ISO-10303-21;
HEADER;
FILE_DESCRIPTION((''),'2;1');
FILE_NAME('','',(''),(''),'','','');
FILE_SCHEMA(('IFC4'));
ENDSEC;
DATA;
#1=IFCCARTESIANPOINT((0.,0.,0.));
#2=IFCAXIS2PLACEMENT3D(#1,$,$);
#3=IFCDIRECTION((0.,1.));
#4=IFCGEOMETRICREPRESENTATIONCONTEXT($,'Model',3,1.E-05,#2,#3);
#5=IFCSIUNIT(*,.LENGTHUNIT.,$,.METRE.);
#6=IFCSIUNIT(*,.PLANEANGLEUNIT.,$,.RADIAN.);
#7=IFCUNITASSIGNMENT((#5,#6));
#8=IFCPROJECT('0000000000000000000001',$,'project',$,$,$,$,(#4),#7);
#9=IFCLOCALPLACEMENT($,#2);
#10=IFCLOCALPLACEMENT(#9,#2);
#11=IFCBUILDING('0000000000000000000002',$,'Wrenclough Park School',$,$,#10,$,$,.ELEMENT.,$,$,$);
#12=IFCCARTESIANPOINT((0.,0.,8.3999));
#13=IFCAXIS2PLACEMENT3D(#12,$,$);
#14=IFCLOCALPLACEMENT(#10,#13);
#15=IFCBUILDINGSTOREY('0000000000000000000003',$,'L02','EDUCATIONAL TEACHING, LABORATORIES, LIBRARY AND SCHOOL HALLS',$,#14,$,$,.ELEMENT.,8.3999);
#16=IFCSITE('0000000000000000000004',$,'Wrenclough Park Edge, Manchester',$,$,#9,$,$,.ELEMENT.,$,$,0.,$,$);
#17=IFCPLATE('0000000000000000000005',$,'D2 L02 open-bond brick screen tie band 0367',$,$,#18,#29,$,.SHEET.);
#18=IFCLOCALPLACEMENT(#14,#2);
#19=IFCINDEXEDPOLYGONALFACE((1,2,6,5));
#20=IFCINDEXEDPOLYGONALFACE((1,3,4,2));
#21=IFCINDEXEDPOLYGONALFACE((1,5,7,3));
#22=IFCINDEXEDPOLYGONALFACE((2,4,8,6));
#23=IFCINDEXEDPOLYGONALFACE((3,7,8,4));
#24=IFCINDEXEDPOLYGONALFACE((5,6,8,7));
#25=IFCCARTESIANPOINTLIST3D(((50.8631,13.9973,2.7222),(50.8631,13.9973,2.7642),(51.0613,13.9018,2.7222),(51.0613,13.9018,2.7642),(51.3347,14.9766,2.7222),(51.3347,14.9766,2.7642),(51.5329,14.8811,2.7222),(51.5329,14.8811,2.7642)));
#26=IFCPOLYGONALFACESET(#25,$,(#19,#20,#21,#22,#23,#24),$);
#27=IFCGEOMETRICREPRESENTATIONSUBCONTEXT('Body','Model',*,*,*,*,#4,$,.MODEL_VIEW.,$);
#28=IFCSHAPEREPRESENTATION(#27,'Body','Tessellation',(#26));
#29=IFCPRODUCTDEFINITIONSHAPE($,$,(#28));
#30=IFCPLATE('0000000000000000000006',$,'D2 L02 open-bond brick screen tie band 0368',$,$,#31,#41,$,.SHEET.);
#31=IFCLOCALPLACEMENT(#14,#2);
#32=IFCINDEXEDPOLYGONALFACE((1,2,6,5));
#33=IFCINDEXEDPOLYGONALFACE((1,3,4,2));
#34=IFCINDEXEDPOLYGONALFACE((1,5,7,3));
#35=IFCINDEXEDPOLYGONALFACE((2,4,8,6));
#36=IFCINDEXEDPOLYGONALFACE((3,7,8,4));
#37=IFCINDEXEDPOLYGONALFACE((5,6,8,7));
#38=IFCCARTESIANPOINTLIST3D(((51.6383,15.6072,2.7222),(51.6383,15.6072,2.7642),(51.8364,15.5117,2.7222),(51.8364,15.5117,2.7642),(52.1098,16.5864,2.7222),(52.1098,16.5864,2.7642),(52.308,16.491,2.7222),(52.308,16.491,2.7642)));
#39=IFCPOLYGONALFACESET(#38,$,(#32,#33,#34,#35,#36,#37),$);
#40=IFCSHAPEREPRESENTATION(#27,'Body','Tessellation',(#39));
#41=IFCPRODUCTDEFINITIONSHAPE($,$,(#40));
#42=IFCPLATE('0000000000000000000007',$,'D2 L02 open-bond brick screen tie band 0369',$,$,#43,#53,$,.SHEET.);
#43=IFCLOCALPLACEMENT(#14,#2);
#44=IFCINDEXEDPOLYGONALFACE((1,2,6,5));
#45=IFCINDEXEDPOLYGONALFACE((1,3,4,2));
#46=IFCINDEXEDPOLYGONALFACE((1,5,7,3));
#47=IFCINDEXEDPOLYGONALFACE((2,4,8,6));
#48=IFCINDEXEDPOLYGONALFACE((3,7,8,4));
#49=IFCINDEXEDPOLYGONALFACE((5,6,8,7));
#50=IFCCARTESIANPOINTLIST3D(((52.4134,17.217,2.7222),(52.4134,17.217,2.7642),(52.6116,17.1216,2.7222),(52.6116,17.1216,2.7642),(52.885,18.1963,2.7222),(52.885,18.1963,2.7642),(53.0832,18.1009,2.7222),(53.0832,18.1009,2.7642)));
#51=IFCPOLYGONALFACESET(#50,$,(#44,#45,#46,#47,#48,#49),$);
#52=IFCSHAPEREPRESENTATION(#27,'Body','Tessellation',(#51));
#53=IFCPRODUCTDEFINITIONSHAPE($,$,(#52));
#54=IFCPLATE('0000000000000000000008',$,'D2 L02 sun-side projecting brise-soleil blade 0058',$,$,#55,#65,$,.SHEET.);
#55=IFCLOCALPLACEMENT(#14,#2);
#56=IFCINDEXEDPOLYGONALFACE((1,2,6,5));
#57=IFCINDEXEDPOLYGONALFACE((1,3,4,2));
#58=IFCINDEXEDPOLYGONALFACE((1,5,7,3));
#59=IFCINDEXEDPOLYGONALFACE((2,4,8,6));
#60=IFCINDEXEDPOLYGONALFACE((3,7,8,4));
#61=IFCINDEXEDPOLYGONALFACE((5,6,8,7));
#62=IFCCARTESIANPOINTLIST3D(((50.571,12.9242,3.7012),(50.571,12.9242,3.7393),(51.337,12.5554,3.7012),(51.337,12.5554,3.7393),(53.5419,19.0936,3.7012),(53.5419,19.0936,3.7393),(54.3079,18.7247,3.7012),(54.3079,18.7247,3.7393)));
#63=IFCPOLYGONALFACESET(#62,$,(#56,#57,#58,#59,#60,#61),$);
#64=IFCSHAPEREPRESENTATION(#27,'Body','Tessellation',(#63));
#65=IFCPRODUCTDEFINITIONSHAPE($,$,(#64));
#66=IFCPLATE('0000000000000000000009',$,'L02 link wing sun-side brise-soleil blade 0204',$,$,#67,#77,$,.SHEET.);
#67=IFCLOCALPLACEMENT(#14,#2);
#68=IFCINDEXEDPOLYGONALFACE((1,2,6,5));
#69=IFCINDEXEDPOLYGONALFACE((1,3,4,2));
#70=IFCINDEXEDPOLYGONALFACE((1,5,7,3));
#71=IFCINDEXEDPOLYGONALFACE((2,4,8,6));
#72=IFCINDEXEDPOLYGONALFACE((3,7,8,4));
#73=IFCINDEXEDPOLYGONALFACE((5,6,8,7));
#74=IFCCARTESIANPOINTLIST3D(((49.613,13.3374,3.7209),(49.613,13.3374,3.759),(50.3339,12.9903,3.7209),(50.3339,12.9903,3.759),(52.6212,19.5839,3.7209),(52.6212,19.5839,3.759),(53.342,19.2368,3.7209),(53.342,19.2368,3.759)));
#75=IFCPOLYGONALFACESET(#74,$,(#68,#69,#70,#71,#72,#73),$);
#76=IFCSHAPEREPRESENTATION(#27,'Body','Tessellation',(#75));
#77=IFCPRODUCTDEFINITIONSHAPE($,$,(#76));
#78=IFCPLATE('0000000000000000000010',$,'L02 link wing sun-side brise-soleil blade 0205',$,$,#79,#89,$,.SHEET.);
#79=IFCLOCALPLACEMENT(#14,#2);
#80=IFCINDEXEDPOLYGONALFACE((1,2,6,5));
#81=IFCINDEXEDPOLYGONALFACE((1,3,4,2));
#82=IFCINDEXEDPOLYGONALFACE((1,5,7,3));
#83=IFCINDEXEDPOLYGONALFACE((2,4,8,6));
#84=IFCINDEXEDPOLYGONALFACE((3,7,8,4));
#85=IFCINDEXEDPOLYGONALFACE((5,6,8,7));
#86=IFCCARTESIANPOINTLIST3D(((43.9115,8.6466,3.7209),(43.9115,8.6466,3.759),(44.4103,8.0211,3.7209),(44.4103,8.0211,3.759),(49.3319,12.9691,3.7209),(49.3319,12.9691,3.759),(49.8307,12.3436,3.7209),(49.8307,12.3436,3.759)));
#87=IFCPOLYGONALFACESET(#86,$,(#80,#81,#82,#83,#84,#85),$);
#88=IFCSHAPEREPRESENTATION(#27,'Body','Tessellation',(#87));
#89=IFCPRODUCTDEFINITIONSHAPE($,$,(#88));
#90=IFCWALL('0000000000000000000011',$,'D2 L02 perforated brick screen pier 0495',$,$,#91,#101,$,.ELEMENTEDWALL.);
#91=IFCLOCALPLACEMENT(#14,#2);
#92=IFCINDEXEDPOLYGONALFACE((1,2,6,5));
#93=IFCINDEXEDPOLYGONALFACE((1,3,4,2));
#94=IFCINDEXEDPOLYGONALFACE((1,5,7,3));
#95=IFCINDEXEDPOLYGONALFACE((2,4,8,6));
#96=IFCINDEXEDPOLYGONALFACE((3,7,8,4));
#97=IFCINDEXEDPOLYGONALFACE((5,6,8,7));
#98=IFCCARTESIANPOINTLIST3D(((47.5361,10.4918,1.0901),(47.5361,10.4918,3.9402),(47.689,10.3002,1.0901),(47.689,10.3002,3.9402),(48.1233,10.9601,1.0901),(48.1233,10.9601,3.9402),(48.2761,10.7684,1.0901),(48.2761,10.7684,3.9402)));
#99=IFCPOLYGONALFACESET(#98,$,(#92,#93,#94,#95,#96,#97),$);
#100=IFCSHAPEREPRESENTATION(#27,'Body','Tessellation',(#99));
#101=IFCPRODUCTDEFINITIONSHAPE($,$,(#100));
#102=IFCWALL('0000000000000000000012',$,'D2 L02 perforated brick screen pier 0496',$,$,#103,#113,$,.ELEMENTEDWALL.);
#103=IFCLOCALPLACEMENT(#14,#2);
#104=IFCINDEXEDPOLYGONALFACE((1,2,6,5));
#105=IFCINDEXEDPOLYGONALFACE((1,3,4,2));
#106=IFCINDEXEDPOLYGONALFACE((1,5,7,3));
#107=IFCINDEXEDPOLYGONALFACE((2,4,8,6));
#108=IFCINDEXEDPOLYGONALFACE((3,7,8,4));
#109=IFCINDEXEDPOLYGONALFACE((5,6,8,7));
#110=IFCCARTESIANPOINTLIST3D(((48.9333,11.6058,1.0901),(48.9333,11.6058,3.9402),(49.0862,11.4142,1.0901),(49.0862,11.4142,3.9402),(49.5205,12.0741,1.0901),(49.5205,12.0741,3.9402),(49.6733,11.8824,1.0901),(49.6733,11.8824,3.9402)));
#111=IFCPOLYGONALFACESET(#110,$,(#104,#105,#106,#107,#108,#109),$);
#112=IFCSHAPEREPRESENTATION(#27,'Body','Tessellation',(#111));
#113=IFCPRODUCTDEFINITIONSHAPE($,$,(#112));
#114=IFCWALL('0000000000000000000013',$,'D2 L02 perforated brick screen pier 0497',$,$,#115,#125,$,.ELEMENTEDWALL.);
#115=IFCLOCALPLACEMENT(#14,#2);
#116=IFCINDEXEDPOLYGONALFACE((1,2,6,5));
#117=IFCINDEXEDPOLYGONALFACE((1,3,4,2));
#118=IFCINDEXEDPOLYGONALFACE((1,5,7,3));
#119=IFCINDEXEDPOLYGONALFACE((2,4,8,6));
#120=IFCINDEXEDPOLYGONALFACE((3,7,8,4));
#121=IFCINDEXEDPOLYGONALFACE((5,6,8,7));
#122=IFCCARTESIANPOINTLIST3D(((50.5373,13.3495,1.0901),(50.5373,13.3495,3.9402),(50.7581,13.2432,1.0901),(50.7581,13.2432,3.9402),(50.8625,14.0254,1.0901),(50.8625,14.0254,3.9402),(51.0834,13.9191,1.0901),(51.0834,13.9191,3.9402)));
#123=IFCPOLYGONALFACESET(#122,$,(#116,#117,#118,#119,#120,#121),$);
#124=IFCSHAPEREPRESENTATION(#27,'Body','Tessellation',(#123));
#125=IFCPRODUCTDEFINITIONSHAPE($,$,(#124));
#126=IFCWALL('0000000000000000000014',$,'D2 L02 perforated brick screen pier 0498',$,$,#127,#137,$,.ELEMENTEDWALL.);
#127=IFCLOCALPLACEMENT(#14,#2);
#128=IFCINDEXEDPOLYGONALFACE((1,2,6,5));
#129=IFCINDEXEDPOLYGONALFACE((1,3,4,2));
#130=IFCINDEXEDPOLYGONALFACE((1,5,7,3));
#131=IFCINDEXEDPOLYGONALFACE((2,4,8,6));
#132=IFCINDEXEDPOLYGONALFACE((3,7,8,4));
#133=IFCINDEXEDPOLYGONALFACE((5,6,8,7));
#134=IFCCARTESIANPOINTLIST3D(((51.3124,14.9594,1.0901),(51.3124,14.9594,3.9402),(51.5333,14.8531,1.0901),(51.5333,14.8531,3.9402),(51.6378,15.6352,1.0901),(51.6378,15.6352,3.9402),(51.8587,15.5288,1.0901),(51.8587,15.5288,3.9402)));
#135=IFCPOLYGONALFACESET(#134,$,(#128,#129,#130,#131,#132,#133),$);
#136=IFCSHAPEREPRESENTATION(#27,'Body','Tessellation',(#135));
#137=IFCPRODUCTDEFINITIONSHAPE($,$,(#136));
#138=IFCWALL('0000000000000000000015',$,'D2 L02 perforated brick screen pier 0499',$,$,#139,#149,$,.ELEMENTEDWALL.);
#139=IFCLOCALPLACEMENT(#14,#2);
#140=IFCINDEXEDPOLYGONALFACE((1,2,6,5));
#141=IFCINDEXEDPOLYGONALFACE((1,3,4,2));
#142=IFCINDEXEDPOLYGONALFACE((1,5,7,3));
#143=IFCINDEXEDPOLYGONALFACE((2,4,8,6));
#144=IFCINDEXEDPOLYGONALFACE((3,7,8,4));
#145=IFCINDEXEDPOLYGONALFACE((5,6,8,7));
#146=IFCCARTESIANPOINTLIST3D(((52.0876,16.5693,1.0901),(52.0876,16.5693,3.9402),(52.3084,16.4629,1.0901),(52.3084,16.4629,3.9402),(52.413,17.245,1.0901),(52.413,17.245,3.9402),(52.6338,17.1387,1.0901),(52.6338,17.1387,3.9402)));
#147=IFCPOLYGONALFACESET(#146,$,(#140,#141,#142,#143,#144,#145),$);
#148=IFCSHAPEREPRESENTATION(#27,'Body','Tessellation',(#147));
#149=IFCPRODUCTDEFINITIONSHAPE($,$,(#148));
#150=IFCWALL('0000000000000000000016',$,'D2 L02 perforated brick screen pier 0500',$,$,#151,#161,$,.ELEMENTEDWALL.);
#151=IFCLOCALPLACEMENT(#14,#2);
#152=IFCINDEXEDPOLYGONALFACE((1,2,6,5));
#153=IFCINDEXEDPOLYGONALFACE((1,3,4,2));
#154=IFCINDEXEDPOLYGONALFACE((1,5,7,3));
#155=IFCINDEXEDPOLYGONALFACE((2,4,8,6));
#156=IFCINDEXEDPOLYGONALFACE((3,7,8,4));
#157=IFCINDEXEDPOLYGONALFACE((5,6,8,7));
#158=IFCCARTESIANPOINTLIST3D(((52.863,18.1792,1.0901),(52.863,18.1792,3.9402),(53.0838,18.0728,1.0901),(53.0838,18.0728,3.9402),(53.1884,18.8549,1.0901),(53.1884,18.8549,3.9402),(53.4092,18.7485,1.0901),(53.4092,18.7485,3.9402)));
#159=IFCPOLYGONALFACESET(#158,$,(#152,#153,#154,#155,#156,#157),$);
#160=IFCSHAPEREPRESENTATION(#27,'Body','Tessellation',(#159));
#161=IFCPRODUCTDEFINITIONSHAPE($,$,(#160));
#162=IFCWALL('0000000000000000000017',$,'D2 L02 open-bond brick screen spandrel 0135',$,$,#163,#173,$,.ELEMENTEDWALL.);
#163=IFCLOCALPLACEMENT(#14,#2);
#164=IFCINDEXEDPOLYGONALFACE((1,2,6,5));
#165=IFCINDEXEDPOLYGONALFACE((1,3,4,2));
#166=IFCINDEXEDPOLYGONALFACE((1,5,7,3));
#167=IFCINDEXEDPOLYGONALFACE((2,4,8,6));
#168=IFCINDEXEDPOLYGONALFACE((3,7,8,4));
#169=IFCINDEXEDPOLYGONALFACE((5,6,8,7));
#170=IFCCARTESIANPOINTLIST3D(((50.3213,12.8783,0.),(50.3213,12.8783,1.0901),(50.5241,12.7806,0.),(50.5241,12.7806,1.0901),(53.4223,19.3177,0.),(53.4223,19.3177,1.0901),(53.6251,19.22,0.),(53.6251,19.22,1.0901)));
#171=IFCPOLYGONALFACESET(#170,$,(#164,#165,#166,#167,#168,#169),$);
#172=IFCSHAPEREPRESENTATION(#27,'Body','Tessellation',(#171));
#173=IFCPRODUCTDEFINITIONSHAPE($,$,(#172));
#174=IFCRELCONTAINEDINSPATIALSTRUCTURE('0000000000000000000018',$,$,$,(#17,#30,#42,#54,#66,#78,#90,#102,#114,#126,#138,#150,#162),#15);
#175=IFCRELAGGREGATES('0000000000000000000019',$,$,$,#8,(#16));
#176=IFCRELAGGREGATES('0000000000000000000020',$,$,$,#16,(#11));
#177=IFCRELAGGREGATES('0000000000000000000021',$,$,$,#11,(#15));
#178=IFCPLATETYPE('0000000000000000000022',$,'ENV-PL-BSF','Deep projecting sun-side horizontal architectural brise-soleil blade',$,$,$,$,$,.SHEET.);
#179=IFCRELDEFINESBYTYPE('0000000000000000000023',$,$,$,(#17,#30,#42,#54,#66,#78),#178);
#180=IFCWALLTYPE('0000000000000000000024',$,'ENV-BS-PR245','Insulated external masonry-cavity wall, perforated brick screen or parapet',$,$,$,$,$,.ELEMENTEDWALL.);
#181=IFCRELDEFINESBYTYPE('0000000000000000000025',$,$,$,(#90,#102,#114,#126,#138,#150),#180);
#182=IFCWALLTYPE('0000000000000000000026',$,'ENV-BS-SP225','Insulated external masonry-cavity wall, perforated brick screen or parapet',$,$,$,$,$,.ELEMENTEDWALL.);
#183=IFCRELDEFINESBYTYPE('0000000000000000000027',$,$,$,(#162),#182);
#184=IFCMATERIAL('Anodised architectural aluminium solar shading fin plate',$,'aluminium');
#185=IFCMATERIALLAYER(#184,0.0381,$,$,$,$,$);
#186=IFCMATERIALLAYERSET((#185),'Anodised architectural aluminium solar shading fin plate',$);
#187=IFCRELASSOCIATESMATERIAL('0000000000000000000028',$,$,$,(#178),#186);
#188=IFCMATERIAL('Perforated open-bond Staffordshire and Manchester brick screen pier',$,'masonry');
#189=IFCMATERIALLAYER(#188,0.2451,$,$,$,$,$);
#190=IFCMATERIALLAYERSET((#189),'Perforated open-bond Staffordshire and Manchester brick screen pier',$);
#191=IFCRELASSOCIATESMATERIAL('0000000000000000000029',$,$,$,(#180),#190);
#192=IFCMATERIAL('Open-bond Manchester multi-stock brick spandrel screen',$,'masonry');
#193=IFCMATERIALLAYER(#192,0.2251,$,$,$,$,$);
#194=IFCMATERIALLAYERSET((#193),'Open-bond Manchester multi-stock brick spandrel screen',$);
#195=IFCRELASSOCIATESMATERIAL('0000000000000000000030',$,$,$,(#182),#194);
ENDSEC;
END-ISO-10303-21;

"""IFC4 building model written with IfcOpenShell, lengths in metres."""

from ifc_helpers import new_model, si_unit, direction, frame, frame_2d, origin, origin_2d, place, context, subcontext, project, spatial, rectangle, extrude, material, layer, layer_set, type_object, element, save


model = new_model("IFC4")

# Units and contexts
model_context = context("Model", 3, precision=1e-05, world=origin(), true_north=direction((0.0, 1.0)))
body_context = subcontext(model_context, "Body", "Model", "MODEL_VIEW")
ifc_project = project(units=[si_unit("LENGTHUNIT", "METRE"), si_unit("PLANEANGLEUNIT", "RADIAN")], contexts=[model_context])

# Site, building, storey
site_placement = place(None, origin())
site = spatial("IfcSite", under=ifc_project, at=site_placement, Name="Wrenclough Park Edge, Manchester", CompositionType="ELEMENT", RefElevation=0.0)
building_placement = place(site_placement, origin())
building = spatial("IfcBuilding", under=site, at=building_placement, Name="Wrenclough Park School", CompositionType="ELEMENT")
storey_placement = place(building_placement, frame((0.0, 0.0, 8.3999)))
storey = spatial("IfcBuildingStorey", under=building, at=storey_placement, Name="L02", Description="EDUCATIONAL TEACHING, LABORATORIES, LIBRARY AND SCHOOL HALLS", CompositionType="ELEMENT", Elevation=8.3999)

# Plates
ifc_material_1 = material(Name="Anodised architectural aluminium solar shading fin plate", Category="aluminium")
ifc_layer_1 = layer(ifc_material_1, 0.0381)
ifc_layer_set_1 = layer_set([ifc_layer_1], Name="Anodised architectural aluminium solar shading fin plate")
plate_type = type_object("IfcPlateType", Name="ENV-PL-BSF", Description="Deep projecting sun-side horizontal architectural brise-soleil blade", PredefinedType="SHEET", material=ifc_layer_set_1)
for number, where, z_axis, x_axis, name in (
    (1, (51.198, 14.4392, 2.7222), (0.0, 0.0, 1.0), (0.433872, 0.900974, 0.0), "D2 L02 open-bond brick screen tie band 0367"),
    (2, (51.9731, 16.0491, 2.7222), (0.0, 0.0, 1.0), (0.433872, 0.900974, 0.0), "D2 L02 open-bond brick screen tie band 0368"),
    (3, (52.7483, 17.6589, 2.7222), (0.0, 0.0, 1.0), (0.433872, 0.900974, 0.0), "D2 L02 open-bond brick screen tie band 0369"),
):
    element("IfcPlate", number, at=place(storey_placement, frame(where, z_axis=z_axis, x_axis=x_axis)), inside=storey, type_object=plate_type, Name=name, PredefinedType="SHEET", context=body_context, shape_type="SweptSolid", body=[
        extrude(rectangle(XDim=1.0869, YDim=0.22, at=origin_2d()), origin(), (0.0, 0.0, 1.0), 0.042),
    ])
plate_1_placement = place(storey_placement, frame((52.4395, 15.8245, 3.7012), z_axis=(0.0, 0.0, 1.0), x_axis=(0.433872, 0.900974, 0.0)))
element("IfcPlate", 4, at=plate_1_placement, inside=storey, type_object=plate_type, Name="D2 L02 sun-side projecting brise-soleil blade 0058", PredefinedType="SHEET", context=body_context, shape_type="SweptSolid", body=[
    extrude(rectangle(XDim=6.8474, YDim=0.8501, at=origin_2d()), origin(), (0.0, 0.0, 1.0), 0.0381),
])
plate_2_placement = place(storey_placement, frame((51.4775, 16.2871, 3.7209), z_axis=(0.0, 0.0, 1.0), x_axis=(-0.433887, -0.900967, 0.0)))
element("IfcPlate", 5, at=plate_2_placement, inside=storey, type_object=plate_type, Name="L02 link wing sun-side brise-soleil blade 0204", PredefinedType="SHEET", context=body_context, shape_type="SweptSolid", body=[
    extrude(rectangle(XDim=6.9331, YDim=0.8, at=origin_2d()), origin(), (0.0, 0.0, 1.0), 0.0381),
])
plate_3_placement = place(storey_placement, frame((46.8711, 10.4951, 3.7209), z_axis=(0.0, 0.0, 1.0), x_axis=(-0.781832, -0.623489, 0.0)))
element("IfcPlate", 6, at=plate_3_placement, inside=storey, type_object=plate_type, Name="L02 link wing sun-side brise-soleil blade 0205", PredefinedType="SHEET", context=body_context, shape_type="SweptSolid", body=[
    extrude(rectangle(XDim=6.9329, YDim=0.8, at=origin_2d()), origin(), (0.0, 0.0, 1.0), 0.0381),
])

# Walls
ifc_material_2 = material(Name="Perforated open-bond Staffordshire and Manchester brick screen pier", Category="masonry")
ifc_layer_2 = layer(ifc_material_2, 0.2451)
ifc_layer_set_2 = layer_set([ifc_layer_2], Name="Perforated open-bond Staffordshire and Manchester brick screen pier")
wall_type_1 = type_object("IfcWallType", Name="ENV-BS-PR245", Description="Insulated external masonry-cavity wall, perforated brick screen or parapet", PredefinedType="ELEMENTEDWALL", material=ifc_layer_set_2)
for number, where, z_axis, x_axis, name in (
    (7, (47.6125, 10.396, 1.0901), (0.0, 0.0, 1.0), (0.781819, 0.623505, 0.0), "D2 L02 perforated brick screen pier 0495"),
    (8, (49.0098, 11.51, 1.0901), (0.0, 0.0, 1.0), (0.781819, 0.623505, 0.0), "D2 L02 perforated brick screen pier 0496"),
):
    element("IfcWall", number, at=place(storey_placement, frame(where, z_axis=z_axis, x_axis=x_axis)), inside=storey, type_object=wall_type_1, Name=name, PredefinedType="ELEMENTEDWALL", context=body_context, shape_type="SweptSolid", body=[
        extrude(rectangle(XDim=0.751, YDim=0.2451, at=frame_2d((0.3755, 0.0))), origin(), (0.0, 0.0, 1.0), 2.8501),
    ])
for number, where, z_axis, x_axis, name in (
    (9, (50.6477, 13.2964, 1.0901), (0.0, 0.0, 1.0), (0.43362, 0.901096, 0.0), "D2 L02 perforated brick screen pier 0497"),
    (10, (51.4229, 14.9062, 1.0901), (0.0, 0.0, 1.0), (0.433884, 0.900969, 0.0), "D2 L02 perforated brick screen pier 0498"),
    (11, (52.198, 16.5161, 1.0901), (0.0, 0.0, 1.0), (0.433884, 0.900969, 0.0), "D2 L02 perforated brick screen pier 0499"),
    (12, (52.9734, 18.126, 1.0901), (0.0, 0.0, 1.0), (0.433884, 0.900969, 0.0), "D2 L02 perforated brick screen pier 0500"),
):
    element("IfcWall", number, at=place(storey_placement, frame(where, z_axis=z_axis, x_axis=x_axis)), inside=storey, type_object=wall_type_1, Name=name, PredefinedType="ELEMENTEDWALL", context=body_context, shape_type="SweptSolid", body=[
        extrude(rectangle(XDim=0.75, YDim=0.2451, at=frame_2d((0.375, 0.0))), origin(), (0.0, 0.0, 1.0), 2.8501),
    ])
ifc_material_3 = material(Name="Open-bond Manchester multi-stock brick spandrel screen", Category="masonry")
ifc_layer_3 = layer(ifc_material_3, 0.2251)
ifc_layer_set_3 = layer_set([ifc_layer_3], Name="Open-bond Manchester multi-stock brick spandrel screen")
wall_type_2 = type_object("IfcWallType", Name="ENV-BS-SP225", Description="Insulated external masonry-cavity wall, perforated brick screen or parapet", PredefinedType="ELEMENTEDWALL", material=ifc_layer_set_3)
wall_1_placement = place(storey_placement, frame((50.4226, 12.8293, 0.0), z_axis=(0.0, 0.0, 1.0), x_axis=(0.433883, 0.900969, 0.0)))
element("IfcWall", 13, at=wall_1_placement, inside=storey, type_object=wall_type_2, Name="D2 L02 open-bond brick screen spandrel 0135", PredefinedType="ELEMENTEDWALL", context=body_context, shape_type="SweptSolid", body=[
    extrude(rectangle(XDim=7.1472, YDim=0.2251, at=frame_2d((3.5737, 0.0))), origin(), (0.0, 0.0, 1.0), 1.0901),
])

save(model, "model.ifc")
